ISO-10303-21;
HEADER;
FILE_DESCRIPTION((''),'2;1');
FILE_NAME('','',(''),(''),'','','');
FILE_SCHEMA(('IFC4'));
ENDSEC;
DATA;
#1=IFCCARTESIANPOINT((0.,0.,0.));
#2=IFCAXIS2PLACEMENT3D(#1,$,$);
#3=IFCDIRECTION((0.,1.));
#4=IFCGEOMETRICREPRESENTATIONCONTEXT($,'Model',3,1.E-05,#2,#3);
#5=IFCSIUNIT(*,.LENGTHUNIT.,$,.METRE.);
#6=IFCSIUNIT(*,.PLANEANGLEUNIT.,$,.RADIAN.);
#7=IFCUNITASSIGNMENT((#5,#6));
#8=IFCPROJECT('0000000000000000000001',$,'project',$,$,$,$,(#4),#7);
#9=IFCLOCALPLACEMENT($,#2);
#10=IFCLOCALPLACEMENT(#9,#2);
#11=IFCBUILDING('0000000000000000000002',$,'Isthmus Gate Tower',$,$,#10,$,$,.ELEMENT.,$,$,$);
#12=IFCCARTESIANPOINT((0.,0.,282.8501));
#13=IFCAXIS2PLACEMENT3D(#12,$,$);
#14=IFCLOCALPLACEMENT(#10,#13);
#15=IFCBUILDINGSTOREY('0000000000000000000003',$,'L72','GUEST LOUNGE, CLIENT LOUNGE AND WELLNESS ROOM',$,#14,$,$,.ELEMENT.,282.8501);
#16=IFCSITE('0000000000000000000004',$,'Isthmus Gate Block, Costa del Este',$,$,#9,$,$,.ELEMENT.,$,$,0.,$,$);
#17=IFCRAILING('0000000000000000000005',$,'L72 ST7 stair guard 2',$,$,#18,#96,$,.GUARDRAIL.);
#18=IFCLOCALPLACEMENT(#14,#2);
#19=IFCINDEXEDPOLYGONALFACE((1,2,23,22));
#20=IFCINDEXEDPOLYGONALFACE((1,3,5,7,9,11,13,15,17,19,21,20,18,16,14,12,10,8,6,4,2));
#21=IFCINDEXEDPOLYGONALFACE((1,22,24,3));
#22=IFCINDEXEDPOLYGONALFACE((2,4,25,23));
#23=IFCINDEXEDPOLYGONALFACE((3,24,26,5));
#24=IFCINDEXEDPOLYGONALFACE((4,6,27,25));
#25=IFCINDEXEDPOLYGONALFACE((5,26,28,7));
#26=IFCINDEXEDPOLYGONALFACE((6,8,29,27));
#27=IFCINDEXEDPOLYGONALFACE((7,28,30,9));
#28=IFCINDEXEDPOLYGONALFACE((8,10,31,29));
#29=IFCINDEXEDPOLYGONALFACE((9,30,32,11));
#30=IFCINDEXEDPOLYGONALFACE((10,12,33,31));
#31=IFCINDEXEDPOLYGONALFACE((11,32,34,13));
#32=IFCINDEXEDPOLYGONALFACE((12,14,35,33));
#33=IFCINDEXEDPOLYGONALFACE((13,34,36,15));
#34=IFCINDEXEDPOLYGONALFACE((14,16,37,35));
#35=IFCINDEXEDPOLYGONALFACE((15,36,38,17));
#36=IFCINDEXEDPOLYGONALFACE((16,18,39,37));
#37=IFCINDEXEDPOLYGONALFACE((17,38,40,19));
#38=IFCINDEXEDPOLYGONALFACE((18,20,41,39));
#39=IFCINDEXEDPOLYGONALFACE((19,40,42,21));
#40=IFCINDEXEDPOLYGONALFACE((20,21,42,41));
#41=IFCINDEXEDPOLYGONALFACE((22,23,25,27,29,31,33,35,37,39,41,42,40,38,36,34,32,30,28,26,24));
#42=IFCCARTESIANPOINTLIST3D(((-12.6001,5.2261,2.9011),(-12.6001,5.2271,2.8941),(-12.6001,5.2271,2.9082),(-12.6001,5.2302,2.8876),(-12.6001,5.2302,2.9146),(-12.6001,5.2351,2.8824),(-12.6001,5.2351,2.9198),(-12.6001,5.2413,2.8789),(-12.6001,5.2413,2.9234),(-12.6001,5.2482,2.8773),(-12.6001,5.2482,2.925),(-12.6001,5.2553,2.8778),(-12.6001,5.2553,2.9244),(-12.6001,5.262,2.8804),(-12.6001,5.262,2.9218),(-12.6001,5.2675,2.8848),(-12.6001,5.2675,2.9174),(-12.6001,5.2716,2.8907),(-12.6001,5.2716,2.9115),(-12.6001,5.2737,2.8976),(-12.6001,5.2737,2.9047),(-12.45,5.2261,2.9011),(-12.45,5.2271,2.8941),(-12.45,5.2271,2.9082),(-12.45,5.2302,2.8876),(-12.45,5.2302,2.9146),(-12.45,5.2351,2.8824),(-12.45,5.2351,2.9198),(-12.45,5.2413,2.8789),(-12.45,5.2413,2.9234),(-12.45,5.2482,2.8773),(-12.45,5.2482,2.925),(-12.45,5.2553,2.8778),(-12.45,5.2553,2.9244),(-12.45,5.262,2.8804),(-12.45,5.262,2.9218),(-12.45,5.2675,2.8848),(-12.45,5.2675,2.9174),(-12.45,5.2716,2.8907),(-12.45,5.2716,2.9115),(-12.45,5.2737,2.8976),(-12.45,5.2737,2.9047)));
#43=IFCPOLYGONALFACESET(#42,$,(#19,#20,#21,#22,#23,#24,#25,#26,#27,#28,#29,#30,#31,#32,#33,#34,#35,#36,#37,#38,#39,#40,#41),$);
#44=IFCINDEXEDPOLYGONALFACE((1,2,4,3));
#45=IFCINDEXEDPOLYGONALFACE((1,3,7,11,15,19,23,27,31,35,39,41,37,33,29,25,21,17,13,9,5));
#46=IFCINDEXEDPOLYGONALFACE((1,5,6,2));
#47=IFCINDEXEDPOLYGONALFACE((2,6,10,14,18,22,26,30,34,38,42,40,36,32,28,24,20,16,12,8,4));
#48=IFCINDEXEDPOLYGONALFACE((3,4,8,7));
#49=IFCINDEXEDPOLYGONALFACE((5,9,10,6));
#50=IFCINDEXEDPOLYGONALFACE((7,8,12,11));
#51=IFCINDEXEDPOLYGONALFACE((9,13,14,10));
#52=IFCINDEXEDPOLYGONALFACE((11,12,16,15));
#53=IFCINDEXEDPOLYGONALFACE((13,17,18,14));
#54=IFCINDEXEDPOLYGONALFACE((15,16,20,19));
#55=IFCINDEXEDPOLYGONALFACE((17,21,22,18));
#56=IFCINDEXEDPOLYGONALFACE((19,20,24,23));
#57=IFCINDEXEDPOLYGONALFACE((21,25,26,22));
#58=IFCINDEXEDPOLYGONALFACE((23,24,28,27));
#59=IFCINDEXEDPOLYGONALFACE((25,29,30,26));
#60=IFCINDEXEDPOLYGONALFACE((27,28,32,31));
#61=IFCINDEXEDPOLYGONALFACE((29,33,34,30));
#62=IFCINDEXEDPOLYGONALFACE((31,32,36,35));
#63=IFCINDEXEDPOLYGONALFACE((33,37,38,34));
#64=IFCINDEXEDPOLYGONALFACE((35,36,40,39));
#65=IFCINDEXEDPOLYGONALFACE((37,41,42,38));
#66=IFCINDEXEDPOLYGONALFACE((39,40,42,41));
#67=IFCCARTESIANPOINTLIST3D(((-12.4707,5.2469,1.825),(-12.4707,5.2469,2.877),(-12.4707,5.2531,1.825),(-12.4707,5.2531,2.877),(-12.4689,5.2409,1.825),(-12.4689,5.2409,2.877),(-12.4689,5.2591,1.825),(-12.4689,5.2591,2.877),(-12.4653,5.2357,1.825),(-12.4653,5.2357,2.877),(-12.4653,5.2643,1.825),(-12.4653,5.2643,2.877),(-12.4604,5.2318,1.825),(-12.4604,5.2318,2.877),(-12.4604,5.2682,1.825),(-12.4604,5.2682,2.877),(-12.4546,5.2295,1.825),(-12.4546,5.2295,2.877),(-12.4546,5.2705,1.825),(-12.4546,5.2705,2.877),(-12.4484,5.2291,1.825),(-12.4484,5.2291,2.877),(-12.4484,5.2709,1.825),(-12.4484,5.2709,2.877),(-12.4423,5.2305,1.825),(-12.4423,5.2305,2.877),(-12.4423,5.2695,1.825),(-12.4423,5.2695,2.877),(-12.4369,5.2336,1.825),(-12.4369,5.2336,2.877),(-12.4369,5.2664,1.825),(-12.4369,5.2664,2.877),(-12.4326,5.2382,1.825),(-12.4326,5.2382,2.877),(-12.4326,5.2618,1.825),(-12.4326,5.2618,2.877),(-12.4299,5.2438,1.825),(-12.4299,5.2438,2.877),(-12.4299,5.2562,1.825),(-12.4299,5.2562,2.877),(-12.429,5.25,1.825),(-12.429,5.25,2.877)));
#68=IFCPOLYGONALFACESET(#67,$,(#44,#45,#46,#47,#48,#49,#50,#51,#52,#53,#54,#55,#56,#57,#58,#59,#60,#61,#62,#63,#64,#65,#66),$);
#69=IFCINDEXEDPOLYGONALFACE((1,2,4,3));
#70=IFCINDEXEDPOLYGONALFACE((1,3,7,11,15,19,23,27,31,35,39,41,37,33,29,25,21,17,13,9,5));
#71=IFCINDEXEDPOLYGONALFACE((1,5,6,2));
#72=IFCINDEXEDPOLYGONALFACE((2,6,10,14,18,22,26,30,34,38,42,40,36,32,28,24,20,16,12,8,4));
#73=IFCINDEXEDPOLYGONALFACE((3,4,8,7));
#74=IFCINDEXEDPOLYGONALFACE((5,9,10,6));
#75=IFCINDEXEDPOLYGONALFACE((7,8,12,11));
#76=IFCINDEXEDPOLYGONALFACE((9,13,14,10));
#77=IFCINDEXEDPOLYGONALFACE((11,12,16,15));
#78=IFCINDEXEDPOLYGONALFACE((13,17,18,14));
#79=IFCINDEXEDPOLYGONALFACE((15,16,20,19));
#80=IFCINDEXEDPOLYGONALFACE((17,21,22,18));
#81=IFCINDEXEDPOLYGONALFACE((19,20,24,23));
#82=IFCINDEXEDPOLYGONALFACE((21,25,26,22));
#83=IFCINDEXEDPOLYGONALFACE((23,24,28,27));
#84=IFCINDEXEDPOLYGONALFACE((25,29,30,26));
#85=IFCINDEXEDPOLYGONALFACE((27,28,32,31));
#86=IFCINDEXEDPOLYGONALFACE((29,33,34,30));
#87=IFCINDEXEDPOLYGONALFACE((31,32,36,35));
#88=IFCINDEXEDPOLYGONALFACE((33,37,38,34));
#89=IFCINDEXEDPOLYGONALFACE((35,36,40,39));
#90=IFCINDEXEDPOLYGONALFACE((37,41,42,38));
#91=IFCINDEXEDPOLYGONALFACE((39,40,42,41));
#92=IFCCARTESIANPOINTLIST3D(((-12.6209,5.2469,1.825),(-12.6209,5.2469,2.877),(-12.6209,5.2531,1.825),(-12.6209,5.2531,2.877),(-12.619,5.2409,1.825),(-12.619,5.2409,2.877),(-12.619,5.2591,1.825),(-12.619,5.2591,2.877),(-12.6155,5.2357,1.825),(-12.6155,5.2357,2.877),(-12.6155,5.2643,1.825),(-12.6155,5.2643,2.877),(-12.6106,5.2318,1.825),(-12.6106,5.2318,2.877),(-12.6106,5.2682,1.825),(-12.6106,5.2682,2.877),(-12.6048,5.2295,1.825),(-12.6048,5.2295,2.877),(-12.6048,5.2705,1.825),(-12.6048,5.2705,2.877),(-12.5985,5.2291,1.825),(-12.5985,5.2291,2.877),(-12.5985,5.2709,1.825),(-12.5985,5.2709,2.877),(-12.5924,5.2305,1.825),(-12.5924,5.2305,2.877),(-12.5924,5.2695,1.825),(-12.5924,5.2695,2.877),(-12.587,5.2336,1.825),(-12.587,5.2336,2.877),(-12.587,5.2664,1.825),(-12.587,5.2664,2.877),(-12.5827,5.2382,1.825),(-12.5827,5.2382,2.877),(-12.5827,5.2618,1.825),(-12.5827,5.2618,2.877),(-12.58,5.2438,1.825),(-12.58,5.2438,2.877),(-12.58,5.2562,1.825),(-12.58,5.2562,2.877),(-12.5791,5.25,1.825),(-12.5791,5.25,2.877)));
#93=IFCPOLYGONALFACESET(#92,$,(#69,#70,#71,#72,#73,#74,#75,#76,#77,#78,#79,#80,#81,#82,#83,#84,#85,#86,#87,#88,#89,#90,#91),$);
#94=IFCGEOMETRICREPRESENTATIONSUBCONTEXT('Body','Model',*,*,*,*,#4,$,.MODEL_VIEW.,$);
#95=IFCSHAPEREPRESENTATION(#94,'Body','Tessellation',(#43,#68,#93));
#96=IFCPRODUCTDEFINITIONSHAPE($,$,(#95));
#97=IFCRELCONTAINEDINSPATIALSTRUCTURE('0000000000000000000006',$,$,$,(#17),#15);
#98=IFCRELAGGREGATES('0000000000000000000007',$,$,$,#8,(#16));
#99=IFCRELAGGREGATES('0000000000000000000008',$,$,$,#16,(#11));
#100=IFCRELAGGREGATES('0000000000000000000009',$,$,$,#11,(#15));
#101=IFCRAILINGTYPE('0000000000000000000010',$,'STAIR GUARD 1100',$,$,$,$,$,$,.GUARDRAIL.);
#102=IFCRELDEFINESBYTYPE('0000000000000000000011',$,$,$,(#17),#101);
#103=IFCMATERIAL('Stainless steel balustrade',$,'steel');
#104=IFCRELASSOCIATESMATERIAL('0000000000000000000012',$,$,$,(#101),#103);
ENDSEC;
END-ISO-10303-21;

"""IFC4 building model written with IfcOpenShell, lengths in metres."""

from ifc_helpers import new_model, si_unit, direction, frame, origin, origin_2d, place, context, subcontext, project, spatial, circle, extrude, material, type_object, element, save


model = new_model("IFC4")

# Units and contexts
model_context = context("Model", 3, precision=1e-05, world=origin(), true_north=direction((0.0, 1.0)))
body_context = subcontext(model_context, "Body", "Model", "MODEL_VIEW")
ifc_project = project(units=[si_unit("LENGTHUNIT", "METRE"), si_unit("PLANEANGLEUNIT", "RADIAN")], contexts=[model_context])

# Site, building, storey
site_placement = place(None, origin())
site = spatial("IfcSite", under=ifc_project, at=site_placement, Name="Isthmus Gate Block, Costa del Este", CompositionType="ELEMENT", RefElevation=0.0)
building_placement = place(site_placement, origin())
building = spatial("IfcBuilding", under=site, at=building_placement, Name="Isthmus Gate Tower", CompositionType="ELEMENT")
storey_placement = place(building_placement, frame((0.0, 0.0, 282.8501)))
storey = spatial("IfcBuildingStorey", under=building, at=storey_placement, Name="L72", Description="GUEST LOUNGE, CLIENT LOUNGE AND WELLNESS ROOM", CompositionType="ELEMENT", Elevation=282.8501)

# Railing
ifc_material_1 = material(Name="Stainless steel balustrade", Category="steel")
railing_type_1 = type_object("IfcRailingType", Name="STAIR GUARD 1100", PredefinedType="GUARDRAIL", material=ifc_material_1)
railing_1_placement = place(storey_placement, frame((-12.45, 5.25, 1.825)))
element("IfcRailing", 1, at=railing_1_placement, inside=storey, type_object=railing_type_1, Name="L72 ST7 stair guard 2", PredefinedType="GUARDRAIL", context=body_context, shape_type="SweptSolid", body=[
    extrude(circle(Radius=0.0239, at=origin_2d()), frame((0.0, 0.0, 1.0762), z_axis=(-1.0, 0.0, 0.0), x_axis=(0.0, -1.0, 0.0)), (0.0, 0.0, 1.0), 0.1501),
    extrude(circle(Radius=0.021, at=origin_2d()), origin(), (0.0, 0.0, 1.0), 1.052),
    extrude(circle(Radius=0.021, at=origin_2d()), frame((-0.1501, 0.0, 0.0)), (0.0, 0.0, 1.0), 1.052),
])

save(model, "model.ifc")
